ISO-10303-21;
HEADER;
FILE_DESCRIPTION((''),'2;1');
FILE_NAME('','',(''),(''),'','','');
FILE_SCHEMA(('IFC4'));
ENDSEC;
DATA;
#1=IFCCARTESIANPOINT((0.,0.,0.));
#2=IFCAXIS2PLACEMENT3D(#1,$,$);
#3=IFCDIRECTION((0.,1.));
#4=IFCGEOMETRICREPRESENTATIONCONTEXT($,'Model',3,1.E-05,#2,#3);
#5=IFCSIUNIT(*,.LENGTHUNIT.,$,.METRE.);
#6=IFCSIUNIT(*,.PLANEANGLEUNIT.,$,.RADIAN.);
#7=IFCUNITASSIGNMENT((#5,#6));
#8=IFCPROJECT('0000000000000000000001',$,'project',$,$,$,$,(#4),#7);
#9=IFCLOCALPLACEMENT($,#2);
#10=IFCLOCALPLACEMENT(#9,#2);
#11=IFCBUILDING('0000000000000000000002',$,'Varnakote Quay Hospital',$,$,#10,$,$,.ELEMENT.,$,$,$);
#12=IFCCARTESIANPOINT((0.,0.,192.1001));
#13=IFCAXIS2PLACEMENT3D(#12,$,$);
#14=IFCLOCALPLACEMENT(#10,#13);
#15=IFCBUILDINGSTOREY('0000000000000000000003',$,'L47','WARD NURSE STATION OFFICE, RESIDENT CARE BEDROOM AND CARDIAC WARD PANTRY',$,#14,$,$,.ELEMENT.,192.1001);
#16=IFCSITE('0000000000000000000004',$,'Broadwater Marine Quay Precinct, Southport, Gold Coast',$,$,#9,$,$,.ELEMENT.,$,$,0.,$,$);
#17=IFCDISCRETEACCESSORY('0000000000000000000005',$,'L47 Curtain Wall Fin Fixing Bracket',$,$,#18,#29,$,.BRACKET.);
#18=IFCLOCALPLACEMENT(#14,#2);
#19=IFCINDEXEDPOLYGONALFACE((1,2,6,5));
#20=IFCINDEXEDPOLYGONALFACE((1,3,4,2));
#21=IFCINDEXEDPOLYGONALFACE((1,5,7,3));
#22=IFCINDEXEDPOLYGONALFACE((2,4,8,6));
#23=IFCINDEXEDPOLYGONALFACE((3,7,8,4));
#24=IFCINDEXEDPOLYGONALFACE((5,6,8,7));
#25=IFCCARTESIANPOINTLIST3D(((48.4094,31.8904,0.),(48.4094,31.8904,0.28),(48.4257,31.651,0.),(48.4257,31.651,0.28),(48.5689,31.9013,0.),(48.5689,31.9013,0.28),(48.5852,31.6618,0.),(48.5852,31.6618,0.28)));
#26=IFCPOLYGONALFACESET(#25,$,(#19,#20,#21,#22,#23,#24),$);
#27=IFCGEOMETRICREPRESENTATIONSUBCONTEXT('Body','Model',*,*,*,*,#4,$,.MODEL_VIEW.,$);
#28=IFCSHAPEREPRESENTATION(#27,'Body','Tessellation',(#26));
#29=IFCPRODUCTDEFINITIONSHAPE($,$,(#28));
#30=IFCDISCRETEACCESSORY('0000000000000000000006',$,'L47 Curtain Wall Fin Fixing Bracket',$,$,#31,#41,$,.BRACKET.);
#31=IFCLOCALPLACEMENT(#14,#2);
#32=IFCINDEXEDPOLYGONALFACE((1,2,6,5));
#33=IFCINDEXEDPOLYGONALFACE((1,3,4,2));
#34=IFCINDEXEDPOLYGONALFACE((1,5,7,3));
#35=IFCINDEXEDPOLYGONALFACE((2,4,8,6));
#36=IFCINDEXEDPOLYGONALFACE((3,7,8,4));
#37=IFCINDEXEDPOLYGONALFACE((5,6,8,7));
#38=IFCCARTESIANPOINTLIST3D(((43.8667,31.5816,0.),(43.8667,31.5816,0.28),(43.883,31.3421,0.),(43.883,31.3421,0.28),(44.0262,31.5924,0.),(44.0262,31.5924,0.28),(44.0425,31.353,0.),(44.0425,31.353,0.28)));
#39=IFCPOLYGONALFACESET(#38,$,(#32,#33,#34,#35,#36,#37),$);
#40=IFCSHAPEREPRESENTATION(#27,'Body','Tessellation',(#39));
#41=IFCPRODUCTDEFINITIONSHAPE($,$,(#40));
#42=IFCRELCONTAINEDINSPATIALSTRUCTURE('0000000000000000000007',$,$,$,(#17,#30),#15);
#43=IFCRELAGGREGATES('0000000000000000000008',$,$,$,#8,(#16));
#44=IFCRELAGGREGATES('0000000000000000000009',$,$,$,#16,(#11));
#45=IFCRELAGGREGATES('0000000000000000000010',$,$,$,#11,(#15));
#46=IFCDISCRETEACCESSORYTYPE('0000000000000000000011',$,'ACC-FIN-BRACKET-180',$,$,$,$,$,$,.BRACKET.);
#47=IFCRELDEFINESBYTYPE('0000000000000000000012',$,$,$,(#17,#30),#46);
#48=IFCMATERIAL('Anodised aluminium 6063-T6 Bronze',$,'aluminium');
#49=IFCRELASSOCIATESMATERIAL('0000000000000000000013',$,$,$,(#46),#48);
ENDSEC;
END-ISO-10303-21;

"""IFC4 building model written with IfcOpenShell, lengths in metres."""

from ifc_helpers import new_model, si_unit, direction, frame, origin, origin_2d, place, context, subcontext, project, spatial, rectangle, extrude, material, type_object, element, save


model = new_model("IFC4")

# Units and contexts
model_context = context("Model", 3, precision=1e-05, world=origin(), true_north=direction((0.0, 1.0)))
body_context = subcontext(model_context, "Body", "Model", "MODEL_VIEW")
ifc_project = project(units=[si_unit("LENGTHUNIT", "METRE"), si_unit("PLANEANGLEUNIT", "RADIAN")], contexts=[model_context])

# Site, building, storey
site_placement = place(None, origin())
site = spatial("IfcSite", under=ifc_project, at=site_placement, Name="Broadwater Marine Quay Precinct, Southport, Gold Coast", CompositionType="ELEMENT", RefElevation=0.0)
building_placement = place(site_placement, origin())
building = spatial("IfcBuilding", under=site, at=building_placement, Name="Varnakote Quay Hospital", CompositionType="ELEMENT")
storey_placement = place(building_placement, frame((0.0, 0.0, 192.1001)))
storey = spatial("IfcBuildingStorey", under=building, at=storey_placement, Name="L47", Description="WARD NURSE STATION OFFICE, RESIDENT CARE BEDROOM AND CARDIAC WARD PANTRY", CompositionType="ELEMENT", Elevation=192.1001)

# Discrete accessories
ifc_material_1 = material(Name="Anodised aluminium 6063-T6 Bronze", Category="aluminium")
discrete_accessory_type = type_object("IfcDiscreteAccessoryType", Name="ACC-FIN-BRACKET-180", PredefinedType="BRACKET", material=ifc_material_1)
for number, where, z_axis, x_axis, name in (
    (1, (48.4973, 31.7761, 0.0), (0.0, 0.0, 1.0), (-0.997696, -0.067841, 0.0), "L47 Curtain Wall Fin Fixing Bracket"),
    (2, (43.9546, 31.4673, 0.0), (0.0, 0.0, 1.0), (-0.997696, -0.067841, 0.0), "L47 Curtain Wall Fin Fixing Bracket"),
):
    element("IfcDiscreteAccessory", number, at=place(storey_placement, frame(where, z_axis=z_axis, x_axis=x_axis)), inside=storey, type_object=discrete_accessory_type, Name=name, PredefinedType="BRACKET", context=body_context, shape_type="SweptSolid", body=[
        extrude(rectangle(XDim=0.1599, YDim=0.24, at=origin_2d()), origin(), (0.0, 0.0, 1.0), 0.28),
    ])

save(model, "model.ifc")
